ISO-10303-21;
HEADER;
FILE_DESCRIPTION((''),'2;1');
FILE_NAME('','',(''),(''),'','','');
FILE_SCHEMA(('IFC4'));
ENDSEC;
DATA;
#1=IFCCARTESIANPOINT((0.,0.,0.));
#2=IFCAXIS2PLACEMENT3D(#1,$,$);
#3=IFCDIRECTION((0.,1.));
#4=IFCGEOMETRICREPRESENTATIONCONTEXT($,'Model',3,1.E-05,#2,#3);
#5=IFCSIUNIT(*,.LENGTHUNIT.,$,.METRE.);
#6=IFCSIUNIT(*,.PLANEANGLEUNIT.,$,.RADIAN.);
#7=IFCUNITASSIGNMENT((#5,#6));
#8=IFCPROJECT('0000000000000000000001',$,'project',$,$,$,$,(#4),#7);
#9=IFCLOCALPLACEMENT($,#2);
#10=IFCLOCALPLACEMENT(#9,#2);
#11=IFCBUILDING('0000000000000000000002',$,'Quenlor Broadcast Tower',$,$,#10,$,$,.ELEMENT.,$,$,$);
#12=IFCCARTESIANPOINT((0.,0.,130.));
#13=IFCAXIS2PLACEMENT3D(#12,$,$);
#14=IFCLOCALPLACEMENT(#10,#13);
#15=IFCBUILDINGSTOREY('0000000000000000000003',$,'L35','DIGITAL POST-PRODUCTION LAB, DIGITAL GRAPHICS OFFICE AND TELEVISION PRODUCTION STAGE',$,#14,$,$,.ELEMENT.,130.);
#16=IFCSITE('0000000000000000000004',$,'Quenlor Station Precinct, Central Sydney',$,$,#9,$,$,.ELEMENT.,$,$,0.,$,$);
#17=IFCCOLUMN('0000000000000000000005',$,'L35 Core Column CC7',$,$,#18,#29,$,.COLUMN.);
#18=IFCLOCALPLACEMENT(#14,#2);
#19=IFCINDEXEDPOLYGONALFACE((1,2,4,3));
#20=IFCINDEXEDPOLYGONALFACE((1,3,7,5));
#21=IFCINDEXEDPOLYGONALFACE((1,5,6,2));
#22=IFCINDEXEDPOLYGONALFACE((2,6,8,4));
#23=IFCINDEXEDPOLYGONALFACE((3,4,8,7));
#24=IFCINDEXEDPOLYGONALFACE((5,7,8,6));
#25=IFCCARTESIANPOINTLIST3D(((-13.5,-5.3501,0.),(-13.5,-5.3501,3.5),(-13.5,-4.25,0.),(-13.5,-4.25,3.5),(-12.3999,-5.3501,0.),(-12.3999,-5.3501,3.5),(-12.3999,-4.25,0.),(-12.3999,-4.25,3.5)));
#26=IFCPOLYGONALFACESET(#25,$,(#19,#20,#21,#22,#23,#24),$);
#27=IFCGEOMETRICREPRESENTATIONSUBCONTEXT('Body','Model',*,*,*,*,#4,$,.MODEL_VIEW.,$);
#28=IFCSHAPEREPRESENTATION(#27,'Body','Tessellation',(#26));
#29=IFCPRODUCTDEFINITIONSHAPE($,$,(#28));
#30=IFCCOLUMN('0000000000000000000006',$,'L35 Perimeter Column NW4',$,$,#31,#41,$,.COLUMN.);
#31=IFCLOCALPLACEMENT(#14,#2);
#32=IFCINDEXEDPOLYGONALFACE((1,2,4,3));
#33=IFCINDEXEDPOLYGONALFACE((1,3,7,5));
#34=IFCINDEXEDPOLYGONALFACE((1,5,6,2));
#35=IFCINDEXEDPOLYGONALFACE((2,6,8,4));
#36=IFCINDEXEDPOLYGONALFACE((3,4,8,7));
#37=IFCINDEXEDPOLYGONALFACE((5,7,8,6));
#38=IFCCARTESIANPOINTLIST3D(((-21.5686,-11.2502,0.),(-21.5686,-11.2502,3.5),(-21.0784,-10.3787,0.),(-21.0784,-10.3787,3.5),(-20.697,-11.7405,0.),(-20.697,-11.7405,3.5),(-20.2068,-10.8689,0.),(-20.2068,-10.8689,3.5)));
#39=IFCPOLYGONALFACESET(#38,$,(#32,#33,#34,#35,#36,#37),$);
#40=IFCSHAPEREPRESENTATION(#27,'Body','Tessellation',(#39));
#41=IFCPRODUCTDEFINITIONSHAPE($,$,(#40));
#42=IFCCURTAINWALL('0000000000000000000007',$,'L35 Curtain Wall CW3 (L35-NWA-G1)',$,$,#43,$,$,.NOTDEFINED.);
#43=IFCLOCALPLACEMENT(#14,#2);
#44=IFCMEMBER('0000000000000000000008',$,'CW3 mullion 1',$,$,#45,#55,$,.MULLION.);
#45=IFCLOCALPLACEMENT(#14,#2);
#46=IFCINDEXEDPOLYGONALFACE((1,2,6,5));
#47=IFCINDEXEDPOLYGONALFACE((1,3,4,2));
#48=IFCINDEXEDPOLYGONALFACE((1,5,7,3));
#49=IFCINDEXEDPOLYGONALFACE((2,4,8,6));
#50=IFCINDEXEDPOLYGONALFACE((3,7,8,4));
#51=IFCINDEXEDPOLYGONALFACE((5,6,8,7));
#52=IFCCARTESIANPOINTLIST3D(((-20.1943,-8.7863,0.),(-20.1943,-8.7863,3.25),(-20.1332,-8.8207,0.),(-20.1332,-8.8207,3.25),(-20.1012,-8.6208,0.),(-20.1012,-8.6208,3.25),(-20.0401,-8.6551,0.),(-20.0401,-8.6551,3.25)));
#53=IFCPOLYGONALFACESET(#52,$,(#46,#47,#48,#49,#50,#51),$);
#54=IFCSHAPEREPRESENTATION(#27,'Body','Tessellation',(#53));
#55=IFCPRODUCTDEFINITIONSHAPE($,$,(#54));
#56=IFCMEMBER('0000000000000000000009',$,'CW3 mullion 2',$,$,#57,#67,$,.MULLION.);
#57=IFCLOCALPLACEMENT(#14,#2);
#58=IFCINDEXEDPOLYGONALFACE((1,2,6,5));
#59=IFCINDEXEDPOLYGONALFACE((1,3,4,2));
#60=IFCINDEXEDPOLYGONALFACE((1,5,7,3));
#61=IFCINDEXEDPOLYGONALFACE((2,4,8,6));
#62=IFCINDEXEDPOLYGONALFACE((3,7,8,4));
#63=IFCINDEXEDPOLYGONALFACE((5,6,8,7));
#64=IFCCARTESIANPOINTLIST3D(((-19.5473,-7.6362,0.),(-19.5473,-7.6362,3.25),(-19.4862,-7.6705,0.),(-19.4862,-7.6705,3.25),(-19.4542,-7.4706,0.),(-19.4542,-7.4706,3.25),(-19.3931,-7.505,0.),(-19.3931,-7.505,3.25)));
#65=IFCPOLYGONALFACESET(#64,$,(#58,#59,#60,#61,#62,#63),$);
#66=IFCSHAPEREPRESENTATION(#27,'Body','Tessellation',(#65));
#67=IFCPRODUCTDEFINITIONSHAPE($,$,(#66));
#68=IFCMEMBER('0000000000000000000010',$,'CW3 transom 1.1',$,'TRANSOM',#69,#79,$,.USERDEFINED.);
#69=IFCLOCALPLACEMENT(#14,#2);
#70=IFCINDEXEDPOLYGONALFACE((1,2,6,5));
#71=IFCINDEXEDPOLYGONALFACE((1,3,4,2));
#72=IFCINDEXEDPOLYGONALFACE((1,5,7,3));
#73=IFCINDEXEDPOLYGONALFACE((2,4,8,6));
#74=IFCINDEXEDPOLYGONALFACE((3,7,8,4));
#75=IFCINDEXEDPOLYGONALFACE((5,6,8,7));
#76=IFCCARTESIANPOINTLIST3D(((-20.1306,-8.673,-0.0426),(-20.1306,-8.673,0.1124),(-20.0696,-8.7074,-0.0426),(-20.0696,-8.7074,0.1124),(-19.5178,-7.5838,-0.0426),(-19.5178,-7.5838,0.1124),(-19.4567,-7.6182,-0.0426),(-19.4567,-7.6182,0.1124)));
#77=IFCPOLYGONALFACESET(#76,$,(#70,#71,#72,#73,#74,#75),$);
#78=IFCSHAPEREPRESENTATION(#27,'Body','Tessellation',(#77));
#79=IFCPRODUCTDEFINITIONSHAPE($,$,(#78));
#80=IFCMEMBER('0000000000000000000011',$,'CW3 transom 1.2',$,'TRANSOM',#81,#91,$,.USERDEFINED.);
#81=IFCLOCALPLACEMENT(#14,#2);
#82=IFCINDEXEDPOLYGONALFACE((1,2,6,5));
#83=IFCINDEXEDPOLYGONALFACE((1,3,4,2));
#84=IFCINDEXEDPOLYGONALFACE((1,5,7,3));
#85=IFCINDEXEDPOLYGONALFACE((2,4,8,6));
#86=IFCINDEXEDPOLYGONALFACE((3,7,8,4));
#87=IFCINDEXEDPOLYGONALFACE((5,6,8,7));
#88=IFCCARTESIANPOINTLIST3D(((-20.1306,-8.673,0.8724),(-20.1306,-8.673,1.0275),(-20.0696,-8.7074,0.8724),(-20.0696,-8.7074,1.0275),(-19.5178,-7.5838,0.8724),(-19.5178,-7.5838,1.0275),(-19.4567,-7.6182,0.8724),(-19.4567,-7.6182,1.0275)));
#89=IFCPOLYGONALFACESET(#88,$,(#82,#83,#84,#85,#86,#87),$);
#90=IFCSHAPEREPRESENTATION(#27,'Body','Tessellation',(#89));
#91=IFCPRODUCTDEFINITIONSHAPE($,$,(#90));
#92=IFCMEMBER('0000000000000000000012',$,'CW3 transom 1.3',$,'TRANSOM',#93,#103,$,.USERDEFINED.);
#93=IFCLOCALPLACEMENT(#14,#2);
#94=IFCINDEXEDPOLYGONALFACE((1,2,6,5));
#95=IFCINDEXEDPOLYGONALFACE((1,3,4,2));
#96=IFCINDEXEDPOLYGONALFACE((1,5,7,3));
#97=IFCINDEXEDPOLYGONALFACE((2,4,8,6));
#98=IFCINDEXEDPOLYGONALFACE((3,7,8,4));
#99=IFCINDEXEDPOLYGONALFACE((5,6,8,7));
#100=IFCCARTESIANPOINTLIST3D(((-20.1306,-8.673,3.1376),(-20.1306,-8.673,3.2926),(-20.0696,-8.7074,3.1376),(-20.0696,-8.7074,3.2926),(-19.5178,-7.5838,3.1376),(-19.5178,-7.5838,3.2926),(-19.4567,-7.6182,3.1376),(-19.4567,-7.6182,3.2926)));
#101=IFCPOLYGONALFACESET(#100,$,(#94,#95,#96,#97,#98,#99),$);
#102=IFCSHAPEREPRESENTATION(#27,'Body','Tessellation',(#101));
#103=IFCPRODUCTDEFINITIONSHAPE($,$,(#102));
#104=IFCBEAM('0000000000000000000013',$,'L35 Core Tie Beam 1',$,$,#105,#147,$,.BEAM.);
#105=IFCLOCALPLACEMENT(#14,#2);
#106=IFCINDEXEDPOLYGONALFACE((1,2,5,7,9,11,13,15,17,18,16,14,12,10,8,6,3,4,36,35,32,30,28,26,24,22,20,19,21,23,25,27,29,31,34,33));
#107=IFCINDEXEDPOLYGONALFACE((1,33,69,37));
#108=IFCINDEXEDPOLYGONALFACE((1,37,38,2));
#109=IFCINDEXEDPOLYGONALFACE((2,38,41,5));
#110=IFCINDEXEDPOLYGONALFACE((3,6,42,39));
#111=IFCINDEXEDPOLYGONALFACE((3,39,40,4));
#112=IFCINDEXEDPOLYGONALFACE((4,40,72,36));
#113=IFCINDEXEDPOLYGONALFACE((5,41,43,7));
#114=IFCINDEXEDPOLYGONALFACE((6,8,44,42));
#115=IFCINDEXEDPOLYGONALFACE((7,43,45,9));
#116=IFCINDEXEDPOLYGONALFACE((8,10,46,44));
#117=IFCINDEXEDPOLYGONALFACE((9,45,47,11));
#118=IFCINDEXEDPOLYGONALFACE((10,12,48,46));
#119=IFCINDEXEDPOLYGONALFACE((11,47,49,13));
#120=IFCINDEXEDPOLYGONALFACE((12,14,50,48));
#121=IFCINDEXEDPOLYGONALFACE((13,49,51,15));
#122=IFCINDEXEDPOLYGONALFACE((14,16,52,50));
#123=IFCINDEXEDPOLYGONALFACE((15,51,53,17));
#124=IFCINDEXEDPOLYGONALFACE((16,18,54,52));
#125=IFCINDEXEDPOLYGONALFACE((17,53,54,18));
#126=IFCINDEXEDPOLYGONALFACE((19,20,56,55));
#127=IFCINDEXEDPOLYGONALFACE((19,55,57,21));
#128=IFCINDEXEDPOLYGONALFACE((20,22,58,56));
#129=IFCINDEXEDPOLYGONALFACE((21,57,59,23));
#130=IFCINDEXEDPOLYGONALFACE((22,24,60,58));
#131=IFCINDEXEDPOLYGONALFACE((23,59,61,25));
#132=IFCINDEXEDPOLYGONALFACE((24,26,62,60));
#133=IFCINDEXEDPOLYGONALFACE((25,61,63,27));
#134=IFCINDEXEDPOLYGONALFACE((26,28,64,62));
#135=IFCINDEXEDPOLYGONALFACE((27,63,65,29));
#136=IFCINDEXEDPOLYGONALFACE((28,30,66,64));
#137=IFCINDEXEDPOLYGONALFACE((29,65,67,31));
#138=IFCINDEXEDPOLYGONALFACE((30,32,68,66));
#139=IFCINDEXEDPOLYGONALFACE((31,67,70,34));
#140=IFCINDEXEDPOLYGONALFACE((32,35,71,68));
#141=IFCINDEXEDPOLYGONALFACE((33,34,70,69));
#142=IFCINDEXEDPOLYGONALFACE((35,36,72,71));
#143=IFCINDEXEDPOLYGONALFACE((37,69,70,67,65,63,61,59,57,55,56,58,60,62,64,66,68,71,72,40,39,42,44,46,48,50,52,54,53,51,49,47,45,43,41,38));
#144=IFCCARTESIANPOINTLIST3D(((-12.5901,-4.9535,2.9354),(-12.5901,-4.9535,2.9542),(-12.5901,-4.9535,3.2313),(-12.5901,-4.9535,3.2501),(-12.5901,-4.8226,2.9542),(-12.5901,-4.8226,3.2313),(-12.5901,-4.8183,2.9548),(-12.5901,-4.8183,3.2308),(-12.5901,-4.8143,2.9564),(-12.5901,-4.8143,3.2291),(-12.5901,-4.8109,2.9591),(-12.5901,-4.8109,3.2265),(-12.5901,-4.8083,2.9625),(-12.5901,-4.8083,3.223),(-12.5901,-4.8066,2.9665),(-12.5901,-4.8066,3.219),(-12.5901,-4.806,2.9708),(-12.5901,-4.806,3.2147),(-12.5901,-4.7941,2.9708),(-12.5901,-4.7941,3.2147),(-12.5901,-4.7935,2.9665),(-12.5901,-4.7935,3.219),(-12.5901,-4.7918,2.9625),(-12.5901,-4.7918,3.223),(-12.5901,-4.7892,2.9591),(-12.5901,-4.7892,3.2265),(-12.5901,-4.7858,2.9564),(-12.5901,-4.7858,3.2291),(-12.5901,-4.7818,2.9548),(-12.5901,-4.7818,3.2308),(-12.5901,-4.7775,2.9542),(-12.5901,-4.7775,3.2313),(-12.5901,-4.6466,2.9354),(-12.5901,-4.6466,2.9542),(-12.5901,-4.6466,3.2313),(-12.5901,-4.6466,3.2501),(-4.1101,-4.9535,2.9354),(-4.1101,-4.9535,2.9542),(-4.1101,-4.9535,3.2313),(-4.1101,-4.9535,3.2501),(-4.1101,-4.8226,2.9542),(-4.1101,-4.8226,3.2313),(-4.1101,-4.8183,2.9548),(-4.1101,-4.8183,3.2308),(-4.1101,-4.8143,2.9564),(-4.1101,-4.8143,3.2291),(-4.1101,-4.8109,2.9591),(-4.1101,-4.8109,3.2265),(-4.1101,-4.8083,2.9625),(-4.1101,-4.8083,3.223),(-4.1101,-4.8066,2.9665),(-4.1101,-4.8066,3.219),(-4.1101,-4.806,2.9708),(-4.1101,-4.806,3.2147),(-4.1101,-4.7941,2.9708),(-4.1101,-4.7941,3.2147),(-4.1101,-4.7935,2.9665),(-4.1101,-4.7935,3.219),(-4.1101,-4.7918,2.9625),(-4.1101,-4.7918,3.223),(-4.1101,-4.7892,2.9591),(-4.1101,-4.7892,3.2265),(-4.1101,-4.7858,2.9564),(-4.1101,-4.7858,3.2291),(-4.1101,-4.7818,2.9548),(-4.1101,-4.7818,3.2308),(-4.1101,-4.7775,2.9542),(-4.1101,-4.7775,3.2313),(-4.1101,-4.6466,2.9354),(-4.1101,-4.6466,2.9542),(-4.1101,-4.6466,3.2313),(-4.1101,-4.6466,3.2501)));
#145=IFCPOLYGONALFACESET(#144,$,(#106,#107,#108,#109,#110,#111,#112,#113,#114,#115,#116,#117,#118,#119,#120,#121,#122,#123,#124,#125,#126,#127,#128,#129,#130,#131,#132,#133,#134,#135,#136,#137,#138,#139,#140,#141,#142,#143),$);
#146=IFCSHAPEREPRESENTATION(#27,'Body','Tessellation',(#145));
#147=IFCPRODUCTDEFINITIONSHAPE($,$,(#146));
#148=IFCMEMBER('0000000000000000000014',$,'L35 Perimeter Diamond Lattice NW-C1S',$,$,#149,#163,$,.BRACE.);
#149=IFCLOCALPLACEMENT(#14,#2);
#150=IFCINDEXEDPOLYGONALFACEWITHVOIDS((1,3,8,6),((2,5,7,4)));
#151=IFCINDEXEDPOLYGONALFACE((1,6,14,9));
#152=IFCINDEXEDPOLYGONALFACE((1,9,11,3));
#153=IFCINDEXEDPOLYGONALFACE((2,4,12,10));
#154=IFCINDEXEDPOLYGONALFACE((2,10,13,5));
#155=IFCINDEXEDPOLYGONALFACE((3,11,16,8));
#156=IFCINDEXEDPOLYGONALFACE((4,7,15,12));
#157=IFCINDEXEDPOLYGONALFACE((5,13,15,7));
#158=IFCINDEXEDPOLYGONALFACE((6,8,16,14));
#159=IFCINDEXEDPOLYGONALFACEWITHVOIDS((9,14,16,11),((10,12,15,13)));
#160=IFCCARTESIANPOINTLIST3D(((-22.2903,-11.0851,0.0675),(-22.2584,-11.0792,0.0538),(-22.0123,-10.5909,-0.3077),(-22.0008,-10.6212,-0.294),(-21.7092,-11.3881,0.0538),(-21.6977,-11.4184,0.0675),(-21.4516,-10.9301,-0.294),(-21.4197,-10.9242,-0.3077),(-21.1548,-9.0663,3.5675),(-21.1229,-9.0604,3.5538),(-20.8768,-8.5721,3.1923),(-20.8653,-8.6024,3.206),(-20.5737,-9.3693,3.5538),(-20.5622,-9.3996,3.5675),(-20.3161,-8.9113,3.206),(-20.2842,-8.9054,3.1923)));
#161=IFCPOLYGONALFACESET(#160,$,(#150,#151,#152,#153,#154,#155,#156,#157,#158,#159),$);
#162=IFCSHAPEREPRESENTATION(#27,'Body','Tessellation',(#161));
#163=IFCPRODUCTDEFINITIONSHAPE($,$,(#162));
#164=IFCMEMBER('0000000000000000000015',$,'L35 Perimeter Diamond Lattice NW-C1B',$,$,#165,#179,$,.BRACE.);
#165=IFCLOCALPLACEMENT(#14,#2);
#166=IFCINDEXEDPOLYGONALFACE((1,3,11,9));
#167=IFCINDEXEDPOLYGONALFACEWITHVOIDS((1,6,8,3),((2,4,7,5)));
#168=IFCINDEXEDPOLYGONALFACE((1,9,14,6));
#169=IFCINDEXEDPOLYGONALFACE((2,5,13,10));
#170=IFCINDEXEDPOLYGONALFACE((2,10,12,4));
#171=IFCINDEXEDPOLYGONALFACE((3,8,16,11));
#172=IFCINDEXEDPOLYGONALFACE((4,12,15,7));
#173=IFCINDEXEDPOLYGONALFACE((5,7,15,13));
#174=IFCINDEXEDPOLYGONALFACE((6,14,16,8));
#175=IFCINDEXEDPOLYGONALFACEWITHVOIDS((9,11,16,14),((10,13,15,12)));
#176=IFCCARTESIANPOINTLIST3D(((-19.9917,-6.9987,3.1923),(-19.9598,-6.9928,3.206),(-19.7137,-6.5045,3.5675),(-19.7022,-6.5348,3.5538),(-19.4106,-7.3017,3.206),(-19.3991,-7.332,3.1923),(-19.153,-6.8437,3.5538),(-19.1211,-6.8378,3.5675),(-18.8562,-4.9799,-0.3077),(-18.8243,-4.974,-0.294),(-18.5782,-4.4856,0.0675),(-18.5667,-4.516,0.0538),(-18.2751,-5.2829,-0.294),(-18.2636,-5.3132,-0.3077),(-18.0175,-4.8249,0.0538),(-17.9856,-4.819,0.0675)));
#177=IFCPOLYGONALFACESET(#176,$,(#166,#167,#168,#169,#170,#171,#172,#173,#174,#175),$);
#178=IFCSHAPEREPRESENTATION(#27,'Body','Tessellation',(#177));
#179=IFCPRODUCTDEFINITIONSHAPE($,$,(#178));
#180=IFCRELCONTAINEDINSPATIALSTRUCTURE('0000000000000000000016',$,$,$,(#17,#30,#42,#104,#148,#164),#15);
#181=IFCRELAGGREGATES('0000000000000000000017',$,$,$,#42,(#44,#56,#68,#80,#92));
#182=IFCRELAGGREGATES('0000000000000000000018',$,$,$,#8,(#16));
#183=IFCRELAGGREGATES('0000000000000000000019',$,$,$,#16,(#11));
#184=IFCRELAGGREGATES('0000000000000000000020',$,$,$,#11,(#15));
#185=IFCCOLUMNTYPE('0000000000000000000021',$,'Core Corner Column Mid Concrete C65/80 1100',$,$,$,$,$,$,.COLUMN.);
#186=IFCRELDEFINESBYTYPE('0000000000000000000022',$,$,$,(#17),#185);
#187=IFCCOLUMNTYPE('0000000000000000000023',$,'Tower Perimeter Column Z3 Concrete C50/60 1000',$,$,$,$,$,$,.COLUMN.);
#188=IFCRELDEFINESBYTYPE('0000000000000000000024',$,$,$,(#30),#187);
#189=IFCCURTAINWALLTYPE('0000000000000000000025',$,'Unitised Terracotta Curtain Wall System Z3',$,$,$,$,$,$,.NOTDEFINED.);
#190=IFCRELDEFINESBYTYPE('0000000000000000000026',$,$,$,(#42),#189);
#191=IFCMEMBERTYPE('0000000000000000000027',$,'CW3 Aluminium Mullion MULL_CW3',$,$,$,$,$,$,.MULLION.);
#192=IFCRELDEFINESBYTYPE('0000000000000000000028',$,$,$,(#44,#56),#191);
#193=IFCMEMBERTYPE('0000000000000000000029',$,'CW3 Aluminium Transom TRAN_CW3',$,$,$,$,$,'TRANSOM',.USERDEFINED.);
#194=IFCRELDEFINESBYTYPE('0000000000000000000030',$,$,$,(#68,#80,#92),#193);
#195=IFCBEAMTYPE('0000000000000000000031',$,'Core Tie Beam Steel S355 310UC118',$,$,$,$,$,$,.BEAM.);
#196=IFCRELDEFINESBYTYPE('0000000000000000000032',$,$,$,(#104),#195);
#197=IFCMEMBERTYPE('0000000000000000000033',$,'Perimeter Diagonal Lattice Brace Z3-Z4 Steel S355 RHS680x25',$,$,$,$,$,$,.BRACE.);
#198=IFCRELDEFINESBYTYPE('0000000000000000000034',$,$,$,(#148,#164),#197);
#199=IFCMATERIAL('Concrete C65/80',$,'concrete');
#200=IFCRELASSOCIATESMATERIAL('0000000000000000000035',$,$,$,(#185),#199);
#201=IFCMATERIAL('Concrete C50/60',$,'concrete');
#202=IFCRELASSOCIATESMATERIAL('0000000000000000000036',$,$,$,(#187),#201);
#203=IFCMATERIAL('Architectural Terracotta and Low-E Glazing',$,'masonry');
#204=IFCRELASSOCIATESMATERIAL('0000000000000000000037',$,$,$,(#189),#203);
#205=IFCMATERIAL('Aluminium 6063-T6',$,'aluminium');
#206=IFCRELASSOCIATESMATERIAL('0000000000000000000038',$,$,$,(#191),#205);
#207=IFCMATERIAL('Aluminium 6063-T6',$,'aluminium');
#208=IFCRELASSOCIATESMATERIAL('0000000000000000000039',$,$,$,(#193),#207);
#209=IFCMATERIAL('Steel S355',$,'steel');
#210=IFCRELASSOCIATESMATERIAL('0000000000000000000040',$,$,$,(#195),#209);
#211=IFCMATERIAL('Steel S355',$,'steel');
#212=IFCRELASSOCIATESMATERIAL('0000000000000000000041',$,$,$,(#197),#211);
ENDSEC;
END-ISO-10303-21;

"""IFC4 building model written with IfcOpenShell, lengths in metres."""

from ifc_helpers import new_model, si_unit, direction, frame, origin, origin_2d, place, context, subcontext, project, spatial, rectangle, hollow_rectangle, i_section, extrude, material, material_profile, profile_set, type_object, element, aggregate, save


model = new_model("IFC4")

# Units and contexts
model_context = context("Model", 3, precision=1e-05, world=origin(), true_north=direction((0.0, 1.0)))
body_context = subcontext(model_context, "Body", "Model", "MODEL_VIEW")
ifc_project = project(units=[si_unit("LENGTHUNIT", "METRE"), si_unit("PLANEANGLEUNIT", "RADIAN")], contexts=[model_context])

# Site, building, storey
site_placement = place(None, origin())
site = spatial("IfcSite", under=ifc_project, at=site_placement, Name="Quenlor Station Precinct, Central Sydney", CompositionType="ELEMENT", RefElevation=0.0)
building_placement = place(site_placement, origin())
building = spatial("IfcBuilding", under=site, at=building_placement, Name="Quenlor Broadcast Tower", CompositionType="ELEMENT")
storey_placement = place(building_placement, frame((0.0, 0.0, 130.0)))
storey = spatial("IfcBuildingStorey", under=building, at=storey_placement, Name="L35", Description="DIGITAL POST-PRODUCTION LAB, DIGITAL GRAPHICS OFFICE AND TELEVISION PRODUCTION STAGE", CompositionType="ELEMENT", Elevation=130.0)

# Columns
ifc_material_1 = material(Name="Concrete C65/80", Category="concrete")
ifc_material_profile_1 = material_profile(ifc_material_1, rectangle(XDim=1.1001, YDim=1.1001, at=origin_2d()))
ifc_profile_set_1 = profile_set([ifc_material_profile_1], Name="Concrete C65/80 RC1100x1100")
column_type_1 = type_object("IfcColumnType", Name="Core Corner Column Mid Concrete C65/80 1100", PredefinedType="COLUMN", material=ifc_profile_set_1)
column_1_placement = place(storey_placement, frame((-12.95, -4.8, 0.0), z_axis=(0.0, 0.0, 1.0), x_axis=(1.0, 0.0, 0.0)))
element("IfcColumn", 1, at=column_1_placement, inside=storey, type_object=column_type_1, Name="L35 Core Column CC7", PredefinedType="COLUMN", context=body_context, shape_type="SweptSolid", body=[
    extrude(rectangle(XDim=1.1001, YDim=1.1001, at=origin_2d()), origin(), (0.0, 0.0, 1.0), 3.5),
])
ifc_material_2 = material(Name="Concrete C50/60", Category="concrete")
ifc_material_profile_2 = material_profile(ifc_material_2, rectangle(XDim=1.0, YDim=1.0, at=origin_2d()))
ifc_profile_set_2 = profile_set([ifc_material_profile_2], Name="Concrete C50/60 RC1000x1000")
column_type_2 = type_object("IfcColumnType", Name="Tower Perimeter Column Z3 Concrete C50/60 1000", PredefinedType="COLUMN", material=ifc_profile_set_2)
column_2_placement = place(storey_placement, frame((-20.8877, -11.0596, 0.0), z_axis=(0.0, 0.0, 1.0), x_axis=(-0.871575, 0.490262, 0.0)))
element("IfcColumn", 2, at=column_2_placement, inside=storey, type_object=column_type_2, Name="L35 Perimeter Column NW4", PredefinedType="COLUMN", context=body_context, shape_type="SweptSolid", body=[
    extrude(rectangle(XDim=1.0, YDim=1.0, at=origin_2d()), origin(), (0.0, 0.0, 1.0), 3.5),
])

# Curtain wall, members
ifc_material_3 = material(Name="Architectural Terracotta and Low-E Glazing", Category="masonry")
curtain_wall_type = type_object("IfcCurtainWallType", Name="Unitised Terracotta Curtain Wall System Z3", PredefinedType="NOTDEFINED", material=ifc_material_3)
curtain_wall_placement = place(storey_placement, origin())
curtain_wall = element("IfcCurtainWall", 3, at=curtain_wall_placement, inside=storey, type_object=curtain_wall_type, Name="L35 Curtain Wall CW3 (L35-NWA-G1)", PredefinedType="NOTDEFINED")
ifc_material_4 = material(Name="Aluminium 6063-T6", Category="aluminium")
ifc_material_profile_3 = material_profile(ifc_material_4, rectangle(XDim=0.0701, YDim=0.1899, at=origin_2d()))
ifc_profile_set_3 = profile_set([ifc_material_profile_3], Name="Aluminium 6063-T6 MULL70x190")
member_type_1 = type_object("IfcMemberType", Name="CW3 Aluminium Mullion MULL_CW3", PredefinedType="MULLION", material=ifc_profile_set_3)
member_1_placement = place(storey_placement, frame((-20.1172, -8.7207, 0.0), z_axis=(0.0, 0.0, 1.0), x_axis=(-0.871576, 0.490261, 0.0)))
member_1 = element("IfcMember", 4, at=member_1_placement, type_object=member_type_1, Name="CW3 mullion 1", PredefinedType="MULLION", context=body_context, shape_type="SweptSolid", body=[
    extrude(rectangle(XDim=0.0701, YDim=0.1899, at=origin_2d()), origin(), (0.0, 0.0, 1.0), 3.25),
])
member_2_placement = place(storey_placement, frame((-19.4702, -7.5706, 0.0), z_axis=(0.0, 0.0, 1.0), x_axis=(-0.871576, 0.490261, 0.0)))
member_2 = element("IfcMember", 5, at=member_2_placement, type_object=member_type_1, Name="CW3 mullion 2", PredefinedType="MULLION", context=body_context, shape_type="SweptSolid", body=[
    extrude(rectangle(XDim=0.0701, YDim=0.1899, at=origin_2d()), origin(), (0.0, 0.0, 1.0), 3.25),
])
ifc_material_5 = material(Name="Aluminium 6063-T6", Category="aluminium")
ifc_material_profile_4 = material_profile(ifc_material_5, rectangle(XDim=0.0701, YDim=0.155, at=origin_2d()))
ifc_profile_set_4 = profile_set([ifc_material_profile_4], Name="Aluminium 6063-T6 TRAN70x155")
member_type_2 = type_object("IfcMemberType", Name="CW3 Aluminium Transom TRAN_CW3", ElementType="TRANSOM", PredefinedType="USERDEFINED", material=ifc_profile_set_4)
member_3_placement = place(storey_placement, frame((-20.1001, -8.6902, 0.0349), z_axis=(0.490363, 0.871518, 0.0), x_axis=(-0.871518, 0.490363, 0.0)))
member_3 = element("IfcMember", 6, at=member_3_placement, type_object=member_type_2, Name="CW3 transom 1.1", ObjectType="TRANSOM", PredefinedType="USERDEFINED", context=body_context, shape_type="SweptSolid", body=[
    extrude(rectangle(XDim=0.0701, YDim=0.155, at=origin_2d()), origin(), (0.0, 0.0, 1.0), 1.2498),
])
member_4_placement = place(storey_placement, frame((-20.1001, -8.6902, 0.95), z_axis=(0.490363, 0.871518, 0.0), x_axis=(-0.871518, 0.490363, 0.0)))
member_4 = element("IfcMember", 7, at=member_4_placement, type_object=member_type_2, Name="CW3 transom 1.2", ObjectType="TRANSOM", PredefinedType="USERDEFINED", context=body_context, shape_type="SweptSolid", body=[
    extrude(rectangle(XDim=0.0701, YDim=0.155, at=origin_2d()), origin(), (0.0, 0.0, 1.0), 1.2498),
])
member_5_placement = place(storey_placement, frame((-20.1001, -8.6902, 3.2151), z_axis=(0.490363, 0.871518, 0.0), x_axis=(-0.871518, 0.490363, 0.0)))
member_5 = element("IfcMember", 8, at=member_5_placement, type_object=member_type_2, Name="CW3 transom 1.3", ObjectType="TRANSOM", PredefinedType="USERDEFINED", context=body_context, shape_type="SweptSolid", body=[
    extrude(rectangle(XDim=0.0701, YDim=0.155, at=origin_2d()), origin(), (0.0, 0.0, 1.0), 1.2498),
])

# Beam
ifc_material_6 = material(Name="Steel S355", Category="steel")
ifc_material_profile_5 = material_profile(ifc_material_6, i_section(OverallWidth=0.3069, OverallDepth=0.3147, WebThickness=0.012, FlangeThickness=0.0188, FilletRadius=0.0166, at=origin_2d()))
ifc_profile_set_5 = profile_set([ifc_material_profile_5], Name="Steel S355 310UC118")
beam_type_1 = type_object("IfcBeamType", Name="Core Tie Beam Steel S355 310UC118", PredefinedType="BEAM", material=ifc_profile_set_5)
beam_1_placement = place(storey_placement, frame((-12.5901, -4.8, 3.0928), z_axis=(1.0, 0.0, 0.0), x_axis=(0.0, 1.0, 0.0)))
element("IfcBeam", 9, at=beam_1_placement, inside=storey, type_object=beam_type_1, Name="L35 Core Tie Beam 1", PredefinedType="BEAM", context=body_context, shape_type="SweptSolid", body=[
    extrude(i_section(OverallWidth=0.3069, OverallDepth=0.3147, WebThickness=0.012, FlangeThickness=0.0188, FilletRadius=0.0166, at=origin_2d()), origin(), (0.0, 0.0, 1.0), 8.48),
])

# Members
ifc_material_7 = material(Name="Steel S355", Category="steel")
ifc_material_profile_6 = material_profile(ifc_material_7, hollow_rectangle(XDim=0.6799, YDim=0.6799, WallThickness=0.0249, at=origin_2d()))
ifc_profile_set_6 = profile_set([ifc_material_profile_6], Name="Steel S355 RHS680x680x25")
member_type_3 = type_object("IfcMemberType", Name="Perimeter Diagonal Lattice Brace Z3-Z4 Steel S355 RHS680x25", PredefinedType="BRACE", material=ifc_profile_set_6)
for number, where, z_axis, x_axis, name in (
    (10, (-21.855, -11.0046, -0.1201), (0.270549, 0.481009, 0.833927), (-0.87159, 0.490236, 0.0), "L35 Perimeter Diamond Lattice NW-C1S"),
    (11, (-18.4209, -4.8994, -0.1201), (-0.270549, -0.481009, 0.833927), (0.87159, -0.490236, 0.0), "L35 Perimeter Diamond Lattice NW-C1B"),
):
    element("IfcMember", number, at=place(storey_placement, frame(where, z_axis=z_axis, x_axis=x_axis)), inside=storey, type_object=member_type_3, Name=name, PredefinedType="BRACE", context=body_context, shape_type="SweptSolid", body=[
        extrude(hollow_rectangle(XDim=0.6799, YDim=0.6799, WallThickness=0.0249, at=origin_2d()), origin(), (0.0, 0.0, 1.0), 4.197),
    ])

aggregate(curtain_wall, [member_1, member_2, member_3, member_4, member_5])

save(model, "model.ifc")
